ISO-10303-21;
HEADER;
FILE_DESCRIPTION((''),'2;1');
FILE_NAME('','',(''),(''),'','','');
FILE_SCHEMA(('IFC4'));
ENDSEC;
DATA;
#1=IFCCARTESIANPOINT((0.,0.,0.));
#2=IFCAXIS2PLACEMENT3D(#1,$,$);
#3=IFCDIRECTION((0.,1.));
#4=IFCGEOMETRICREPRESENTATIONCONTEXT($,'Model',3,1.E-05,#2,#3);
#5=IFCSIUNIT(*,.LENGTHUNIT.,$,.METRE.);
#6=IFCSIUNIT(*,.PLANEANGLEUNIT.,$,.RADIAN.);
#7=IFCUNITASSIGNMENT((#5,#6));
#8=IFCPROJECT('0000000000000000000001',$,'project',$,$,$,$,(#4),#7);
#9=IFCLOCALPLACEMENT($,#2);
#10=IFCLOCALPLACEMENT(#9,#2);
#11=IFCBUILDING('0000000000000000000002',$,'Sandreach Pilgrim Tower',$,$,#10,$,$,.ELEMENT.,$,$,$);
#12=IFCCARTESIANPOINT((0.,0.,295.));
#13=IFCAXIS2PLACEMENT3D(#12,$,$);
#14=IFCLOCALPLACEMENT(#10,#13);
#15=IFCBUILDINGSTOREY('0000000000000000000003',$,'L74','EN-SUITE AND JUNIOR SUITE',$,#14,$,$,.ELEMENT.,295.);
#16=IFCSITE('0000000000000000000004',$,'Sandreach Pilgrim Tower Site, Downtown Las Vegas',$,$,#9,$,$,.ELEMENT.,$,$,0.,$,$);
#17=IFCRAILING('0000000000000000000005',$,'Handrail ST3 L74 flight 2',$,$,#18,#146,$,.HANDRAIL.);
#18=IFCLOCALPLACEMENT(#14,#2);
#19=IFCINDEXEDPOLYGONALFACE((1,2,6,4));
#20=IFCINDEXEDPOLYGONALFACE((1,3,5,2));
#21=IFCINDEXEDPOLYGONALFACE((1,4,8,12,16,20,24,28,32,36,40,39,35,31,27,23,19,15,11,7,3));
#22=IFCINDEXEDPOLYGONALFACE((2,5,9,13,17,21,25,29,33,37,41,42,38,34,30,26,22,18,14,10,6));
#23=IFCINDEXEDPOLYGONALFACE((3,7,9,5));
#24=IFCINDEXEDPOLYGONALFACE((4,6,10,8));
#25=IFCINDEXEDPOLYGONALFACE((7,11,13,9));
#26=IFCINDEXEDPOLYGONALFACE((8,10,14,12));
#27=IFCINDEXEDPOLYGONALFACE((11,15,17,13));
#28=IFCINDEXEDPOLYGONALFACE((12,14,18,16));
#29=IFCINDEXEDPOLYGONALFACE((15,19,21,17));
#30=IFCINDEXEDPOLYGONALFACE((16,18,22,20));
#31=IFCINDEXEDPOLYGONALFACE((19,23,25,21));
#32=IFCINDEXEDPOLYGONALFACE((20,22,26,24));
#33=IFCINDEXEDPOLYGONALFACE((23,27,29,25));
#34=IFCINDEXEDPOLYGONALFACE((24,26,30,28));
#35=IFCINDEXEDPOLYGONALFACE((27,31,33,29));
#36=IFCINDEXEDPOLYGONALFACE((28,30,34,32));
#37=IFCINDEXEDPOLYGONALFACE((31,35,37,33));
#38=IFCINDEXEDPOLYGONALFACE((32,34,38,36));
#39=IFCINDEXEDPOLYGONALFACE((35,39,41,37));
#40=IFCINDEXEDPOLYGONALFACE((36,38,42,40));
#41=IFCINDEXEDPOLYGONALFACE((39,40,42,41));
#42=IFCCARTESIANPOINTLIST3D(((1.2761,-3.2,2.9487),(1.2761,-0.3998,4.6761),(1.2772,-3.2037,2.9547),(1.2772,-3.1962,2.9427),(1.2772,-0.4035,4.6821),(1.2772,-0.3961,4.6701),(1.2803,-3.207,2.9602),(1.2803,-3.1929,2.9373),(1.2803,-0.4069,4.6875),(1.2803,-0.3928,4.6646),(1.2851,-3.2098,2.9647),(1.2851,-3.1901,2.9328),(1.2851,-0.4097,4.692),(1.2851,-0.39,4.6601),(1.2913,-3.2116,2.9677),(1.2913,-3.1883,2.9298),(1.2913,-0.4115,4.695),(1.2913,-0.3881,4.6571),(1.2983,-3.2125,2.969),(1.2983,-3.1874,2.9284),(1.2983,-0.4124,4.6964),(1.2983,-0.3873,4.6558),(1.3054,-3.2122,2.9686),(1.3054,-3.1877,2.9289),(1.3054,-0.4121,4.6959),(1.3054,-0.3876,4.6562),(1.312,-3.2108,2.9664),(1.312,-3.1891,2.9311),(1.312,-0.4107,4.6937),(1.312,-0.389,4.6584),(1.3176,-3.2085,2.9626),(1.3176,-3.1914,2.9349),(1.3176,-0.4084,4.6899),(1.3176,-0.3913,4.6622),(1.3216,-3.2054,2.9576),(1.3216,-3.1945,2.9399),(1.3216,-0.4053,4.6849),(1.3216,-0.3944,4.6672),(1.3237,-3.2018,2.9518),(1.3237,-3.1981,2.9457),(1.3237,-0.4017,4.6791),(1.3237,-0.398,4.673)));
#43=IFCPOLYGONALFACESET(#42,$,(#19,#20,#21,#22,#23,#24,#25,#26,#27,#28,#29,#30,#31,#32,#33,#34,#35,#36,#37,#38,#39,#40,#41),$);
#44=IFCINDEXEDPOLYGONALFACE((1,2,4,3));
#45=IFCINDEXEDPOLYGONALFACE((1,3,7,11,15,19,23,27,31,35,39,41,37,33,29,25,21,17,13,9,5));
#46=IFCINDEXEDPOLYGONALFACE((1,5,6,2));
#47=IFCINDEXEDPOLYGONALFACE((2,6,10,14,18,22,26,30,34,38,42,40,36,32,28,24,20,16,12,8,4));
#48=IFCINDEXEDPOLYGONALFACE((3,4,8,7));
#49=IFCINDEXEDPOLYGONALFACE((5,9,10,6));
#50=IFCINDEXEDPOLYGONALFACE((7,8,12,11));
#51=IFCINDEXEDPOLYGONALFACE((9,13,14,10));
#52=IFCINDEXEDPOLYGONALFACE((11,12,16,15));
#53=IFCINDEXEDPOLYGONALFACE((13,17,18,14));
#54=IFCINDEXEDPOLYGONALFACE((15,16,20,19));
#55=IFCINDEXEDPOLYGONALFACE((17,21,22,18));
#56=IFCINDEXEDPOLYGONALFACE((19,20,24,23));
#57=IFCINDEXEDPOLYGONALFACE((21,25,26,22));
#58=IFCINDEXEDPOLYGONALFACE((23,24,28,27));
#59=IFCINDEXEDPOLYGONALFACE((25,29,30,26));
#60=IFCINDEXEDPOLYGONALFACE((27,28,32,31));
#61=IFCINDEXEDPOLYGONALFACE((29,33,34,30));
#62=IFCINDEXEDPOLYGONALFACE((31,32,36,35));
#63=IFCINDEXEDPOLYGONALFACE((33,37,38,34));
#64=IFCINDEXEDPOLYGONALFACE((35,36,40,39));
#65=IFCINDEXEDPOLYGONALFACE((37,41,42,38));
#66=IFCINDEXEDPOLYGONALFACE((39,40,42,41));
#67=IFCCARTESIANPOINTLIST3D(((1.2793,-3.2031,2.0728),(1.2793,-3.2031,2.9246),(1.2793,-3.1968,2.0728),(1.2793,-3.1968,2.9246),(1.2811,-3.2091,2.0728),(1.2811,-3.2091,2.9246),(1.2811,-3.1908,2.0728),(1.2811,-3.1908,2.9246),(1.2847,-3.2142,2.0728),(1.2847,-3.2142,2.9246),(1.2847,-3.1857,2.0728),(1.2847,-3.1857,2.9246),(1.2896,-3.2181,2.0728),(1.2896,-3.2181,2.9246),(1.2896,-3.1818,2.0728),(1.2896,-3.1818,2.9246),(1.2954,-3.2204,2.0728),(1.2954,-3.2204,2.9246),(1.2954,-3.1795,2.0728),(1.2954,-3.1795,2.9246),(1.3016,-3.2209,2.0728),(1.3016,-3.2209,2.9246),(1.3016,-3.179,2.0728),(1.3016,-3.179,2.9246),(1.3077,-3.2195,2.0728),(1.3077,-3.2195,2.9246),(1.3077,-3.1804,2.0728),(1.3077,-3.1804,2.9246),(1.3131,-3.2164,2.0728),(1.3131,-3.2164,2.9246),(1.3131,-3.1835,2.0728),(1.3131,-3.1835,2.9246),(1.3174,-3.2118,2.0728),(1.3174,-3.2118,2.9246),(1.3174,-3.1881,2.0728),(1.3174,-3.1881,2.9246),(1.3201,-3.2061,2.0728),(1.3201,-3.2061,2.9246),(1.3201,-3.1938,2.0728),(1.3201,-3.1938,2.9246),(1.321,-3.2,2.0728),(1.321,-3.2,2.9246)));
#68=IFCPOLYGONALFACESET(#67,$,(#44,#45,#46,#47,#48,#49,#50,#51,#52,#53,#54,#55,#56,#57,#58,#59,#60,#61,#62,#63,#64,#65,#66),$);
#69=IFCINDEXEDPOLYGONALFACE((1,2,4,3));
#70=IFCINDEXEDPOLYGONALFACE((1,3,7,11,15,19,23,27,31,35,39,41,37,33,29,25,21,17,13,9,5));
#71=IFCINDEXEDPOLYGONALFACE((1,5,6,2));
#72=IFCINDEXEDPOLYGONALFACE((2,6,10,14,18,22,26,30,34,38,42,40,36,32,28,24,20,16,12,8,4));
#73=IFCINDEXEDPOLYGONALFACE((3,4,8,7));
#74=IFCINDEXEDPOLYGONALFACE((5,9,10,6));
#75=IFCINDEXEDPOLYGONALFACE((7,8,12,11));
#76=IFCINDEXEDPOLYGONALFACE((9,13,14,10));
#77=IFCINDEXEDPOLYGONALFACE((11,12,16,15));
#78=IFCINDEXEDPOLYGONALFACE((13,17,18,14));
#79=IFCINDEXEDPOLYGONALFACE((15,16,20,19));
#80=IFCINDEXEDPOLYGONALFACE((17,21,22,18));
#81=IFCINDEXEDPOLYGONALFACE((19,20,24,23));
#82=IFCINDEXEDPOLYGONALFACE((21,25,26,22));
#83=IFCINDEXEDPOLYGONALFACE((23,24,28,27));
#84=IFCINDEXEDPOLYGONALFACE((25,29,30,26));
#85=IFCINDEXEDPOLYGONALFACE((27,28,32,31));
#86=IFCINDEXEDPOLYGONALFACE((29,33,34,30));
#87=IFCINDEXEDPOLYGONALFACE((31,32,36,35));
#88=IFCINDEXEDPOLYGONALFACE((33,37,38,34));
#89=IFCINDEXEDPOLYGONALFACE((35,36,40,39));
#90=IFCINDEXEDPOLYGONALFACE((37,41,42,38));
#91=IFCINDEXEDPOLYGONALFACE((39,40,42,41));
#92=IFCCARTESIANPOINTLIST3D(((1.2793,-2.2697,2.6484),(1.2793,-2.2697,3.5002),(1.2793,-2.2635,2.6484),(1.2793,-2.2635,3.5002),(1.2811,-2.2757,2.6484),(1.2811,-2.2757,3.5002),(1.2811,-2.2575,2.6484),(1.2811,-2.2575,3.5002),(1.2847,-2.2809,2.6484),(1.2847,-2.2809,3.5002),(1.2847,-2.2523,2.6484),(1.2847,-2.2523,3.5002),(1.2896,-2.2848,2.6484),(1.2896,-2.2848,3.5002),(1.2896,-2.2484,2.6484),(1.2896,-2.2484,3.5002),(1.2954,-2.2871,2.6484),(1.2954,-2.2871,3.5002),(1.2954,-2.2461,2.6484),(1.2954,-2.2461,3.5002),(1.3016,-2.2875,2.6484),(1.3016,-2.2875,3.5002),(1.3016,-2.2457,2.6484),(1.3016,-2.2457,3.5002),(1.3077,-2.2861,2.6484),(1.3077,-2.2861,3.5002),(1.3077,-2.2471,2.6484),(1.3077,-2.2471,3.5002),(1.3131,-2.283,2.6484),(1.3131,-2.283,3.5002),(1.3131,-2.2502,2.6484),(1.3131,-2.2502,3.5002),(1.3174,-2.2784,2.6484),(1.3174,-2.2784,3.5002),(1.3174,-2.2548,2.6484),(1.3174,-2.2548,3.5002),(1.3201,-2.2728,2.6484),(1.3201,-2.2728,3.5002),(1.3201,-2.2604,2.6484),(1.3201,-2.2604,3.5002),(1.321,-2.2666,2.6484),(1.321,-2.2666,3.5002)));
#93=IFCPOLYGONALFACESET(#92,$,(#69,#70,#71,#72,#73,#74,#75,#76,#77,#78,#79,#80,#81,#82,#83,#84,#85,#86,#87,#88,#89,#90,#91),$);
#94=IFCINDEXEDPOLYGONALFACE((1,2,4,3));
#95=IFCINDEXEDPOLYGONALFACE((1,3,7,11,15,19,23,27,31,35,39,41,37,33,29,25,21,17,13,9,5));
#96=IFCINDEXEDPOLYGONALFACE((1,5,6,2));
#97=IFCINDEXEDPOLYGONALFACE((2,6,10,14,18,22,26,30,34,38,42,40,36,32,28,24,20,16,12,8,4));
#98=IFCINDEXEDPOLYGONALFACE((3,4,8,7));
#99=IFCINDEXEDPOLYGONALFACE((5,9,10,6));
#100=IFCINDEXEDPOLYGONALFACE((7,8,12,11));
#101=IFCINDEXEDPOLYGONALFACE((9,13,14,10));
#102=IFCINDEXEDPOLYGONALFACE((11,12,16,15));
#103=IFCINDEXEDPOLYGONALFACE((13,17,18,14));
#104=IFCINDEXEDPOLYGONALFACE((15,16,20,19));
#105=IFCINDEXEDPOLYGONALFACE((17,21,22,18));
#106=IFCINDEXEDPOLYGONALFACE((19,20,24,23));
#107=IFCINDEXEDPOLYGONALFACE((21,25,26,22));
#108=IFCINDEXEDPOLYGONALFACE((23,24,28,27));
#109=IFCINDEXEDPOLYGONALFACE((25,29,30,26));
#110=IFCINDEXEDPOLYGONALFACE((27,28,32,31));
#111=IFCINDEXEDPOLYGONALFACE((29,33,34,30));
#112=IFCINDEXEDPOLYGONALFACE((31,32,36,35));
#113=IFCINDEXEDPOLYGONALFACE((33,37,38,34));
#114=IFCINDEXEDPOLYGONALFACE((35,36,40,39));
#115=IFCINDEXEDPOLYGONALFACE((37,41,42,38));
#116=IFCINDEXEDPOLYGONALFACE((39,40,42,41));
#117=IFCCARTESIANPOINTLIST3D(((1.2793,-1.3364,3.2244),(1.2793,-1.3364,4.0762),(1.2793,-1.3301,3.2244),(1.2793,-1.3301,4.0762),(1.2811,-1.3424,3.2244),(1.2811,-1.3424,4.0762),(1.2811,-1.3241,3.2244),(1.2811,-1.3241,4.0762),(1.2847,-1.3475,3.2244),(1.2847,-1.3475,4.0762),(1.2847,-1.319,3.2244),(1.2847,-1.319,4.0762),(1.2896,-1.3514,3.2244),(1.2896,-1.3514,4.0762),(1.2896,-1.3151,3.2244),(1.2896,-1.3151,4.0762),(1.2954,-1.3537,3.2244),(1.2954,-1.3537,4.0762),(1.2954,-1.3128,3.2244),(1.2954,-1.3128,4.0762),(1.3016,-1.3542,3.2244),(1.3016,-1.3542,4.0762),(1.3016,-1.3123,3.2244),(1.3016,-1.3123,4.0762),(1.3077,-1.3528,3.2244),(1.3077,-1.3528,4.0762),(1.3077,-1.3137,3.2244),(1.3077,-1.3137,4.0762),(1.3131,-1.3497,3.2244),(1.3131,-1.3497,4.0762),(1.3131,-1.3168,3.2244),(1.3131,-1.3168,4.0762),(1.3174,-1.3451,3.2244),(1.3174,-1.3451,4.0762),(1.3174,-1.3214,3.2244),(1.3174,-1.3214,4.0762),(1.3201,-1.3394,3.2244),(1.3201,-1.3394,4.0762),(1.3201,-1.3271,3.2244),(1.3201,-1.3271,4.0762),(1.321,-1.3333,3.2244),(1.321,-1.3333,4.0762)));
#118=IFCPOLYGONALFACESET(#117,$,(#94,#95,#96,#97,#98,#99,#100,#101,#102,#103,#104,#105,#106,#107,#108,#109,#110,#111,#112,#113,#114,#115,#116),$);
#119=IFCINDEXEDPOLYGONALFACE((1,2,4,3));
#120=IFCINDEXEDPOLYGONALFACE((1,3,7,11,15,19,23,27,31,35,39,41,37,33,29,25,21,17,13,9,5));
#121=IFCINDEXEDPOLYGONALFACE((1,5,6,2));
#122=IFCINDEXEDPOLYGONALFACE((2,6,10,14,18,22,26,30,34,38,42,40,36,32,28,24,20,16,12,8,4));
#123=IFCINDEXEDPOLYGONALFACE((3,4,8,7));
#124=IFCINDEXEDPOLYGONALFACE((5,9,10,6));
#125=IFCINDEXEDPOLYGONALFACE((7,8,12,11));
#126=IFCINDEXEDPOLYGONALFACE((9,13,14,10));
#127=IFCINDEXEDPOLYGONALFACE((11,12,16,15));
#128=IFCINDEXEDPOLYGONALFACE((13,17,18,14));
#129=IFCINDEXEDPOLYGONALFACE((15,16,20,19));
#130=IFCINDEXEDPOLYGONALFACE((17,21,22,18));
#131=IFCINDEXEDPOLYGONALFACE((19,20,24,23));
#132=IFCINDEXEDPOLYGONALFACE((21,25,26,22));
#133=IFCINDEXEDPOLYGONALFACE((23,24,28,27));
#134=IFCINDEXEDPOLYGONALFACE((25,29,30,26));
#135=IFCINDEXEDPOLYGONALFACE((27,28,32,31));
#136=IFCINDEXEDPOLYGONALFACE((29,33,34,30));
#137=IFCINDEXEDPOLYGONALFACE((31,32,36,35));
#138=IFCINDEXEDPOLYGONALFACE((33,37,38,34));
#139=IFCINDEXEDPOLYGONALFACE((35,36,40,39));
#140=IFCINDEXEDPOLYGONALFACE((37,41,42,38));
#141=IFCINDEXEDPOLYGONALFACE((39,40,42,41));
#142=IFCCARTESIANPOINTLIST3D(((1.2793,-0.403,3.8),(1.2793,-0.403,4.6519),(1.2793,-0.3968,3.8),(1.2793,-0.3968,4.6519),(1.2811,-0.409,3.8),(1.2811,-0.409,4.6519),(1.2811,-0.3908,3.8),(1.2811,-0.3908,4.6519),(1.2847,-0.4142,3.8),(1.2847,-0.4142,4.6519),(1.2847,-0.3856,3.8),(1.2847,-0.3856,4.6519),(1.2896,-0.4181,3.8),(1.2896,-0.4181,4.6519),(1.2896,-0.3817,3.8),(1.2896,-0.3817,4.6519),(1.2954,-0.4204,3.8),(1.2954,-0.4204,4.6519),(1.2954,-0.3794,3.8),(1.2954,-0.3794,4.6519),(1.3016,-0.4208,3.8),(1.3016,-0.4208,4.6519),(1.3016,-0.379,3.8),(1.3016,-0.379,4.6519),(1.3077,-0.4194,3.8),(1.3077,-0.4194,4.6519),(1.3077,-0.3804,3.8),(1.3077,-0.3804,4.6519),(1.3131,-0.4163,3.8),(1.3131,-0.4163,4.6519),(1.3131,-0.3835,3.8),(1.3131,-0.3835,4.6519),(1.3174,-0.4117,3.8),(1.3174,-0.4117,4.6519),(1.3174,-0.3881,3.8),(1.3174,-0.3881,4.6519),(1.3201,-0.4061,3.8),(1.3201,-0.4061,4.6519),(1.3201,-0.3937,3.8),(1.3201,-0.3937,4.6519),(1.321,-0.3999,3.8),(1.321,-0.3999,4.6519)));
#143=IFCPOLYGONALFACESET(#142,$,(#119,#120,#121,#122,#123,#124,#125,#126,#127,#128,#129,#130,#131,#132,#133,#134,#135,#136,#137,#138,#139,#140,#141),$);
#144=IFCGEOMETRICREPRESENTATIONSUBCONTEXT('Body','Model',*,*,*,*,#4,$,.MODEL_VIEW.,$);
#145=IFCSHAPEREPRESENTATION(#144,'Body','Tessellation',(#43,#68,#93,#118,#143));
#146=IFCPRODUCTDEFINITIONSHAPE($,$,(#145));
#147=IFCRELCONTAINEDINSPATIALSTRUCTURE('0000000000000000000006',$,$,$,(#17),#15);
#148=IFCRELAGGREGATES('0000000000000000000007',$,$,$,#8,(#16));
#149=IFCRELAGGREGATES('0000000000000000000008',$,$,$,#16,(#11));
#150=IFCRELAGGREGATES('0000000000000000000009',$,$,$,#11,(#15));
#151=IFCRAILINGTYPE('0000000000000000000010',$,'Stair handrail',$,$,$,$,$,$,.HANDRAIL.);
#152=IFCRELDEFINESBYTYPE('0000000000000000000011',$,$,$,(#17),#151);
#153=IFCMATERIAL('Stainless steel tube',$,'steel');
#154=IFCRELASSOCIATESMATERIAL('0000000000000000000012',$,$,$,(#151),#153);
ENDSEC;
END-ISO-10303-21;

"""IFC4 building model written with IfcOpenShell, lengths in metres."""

from ifc_helpers import new_model, si_unit, direction, frame, origin, origin_2d, place, context, subcontext, project, spatial, circle, extrude, material, type_object, element, save


model = new_model("IFC4")

# Units and contexts
model_context = context("Model", 3, precision=1e-05, world=origin(), true_north=direction((0.0, 1.0)))
body_context = subcontext(model_context, "Body", "Model", "MODEL_VIEW")
ifc_project = project(units=[si_unit("LENGTHUNIT", "METRE"), si_unit("PLANEANGLEUNIT", "RADIAN")], contexts=[model_context])

# Site, building, storey
site_placement = place(None, origin())
site = spatial("IfcSite", under=ifc_project, at=site_placement, Name="Sandreach Pilgrim Tower Site, Downtown Las Vegas", CompositionType="ELEMENT", RefElevation=0.0)
building_placement = place(site_placement, origin())
building = spatial("IfcBuilding", under=site, at=building_placement, Name="Sandreach Pilgrim Tower", CompositionType="ELEMENT")
storey_placement = place(building_placement, frame((0.0, 0.0, 295.0)))
storey = spatial("IfcBuildingStorey", under=building, at=storey_placement, Name="L74", Description="EN-SUITE AND JUNIOR SUITE", CompositionType="ELEMENT", Elevation=295.0)

# Railing
ifc_material_1 = material(Name="Stainless steel tube", Category="steel")
railing_type = type_object("IfcRailingType", Name="Stair handrail", PredefinedType="HANDRAIL", material=ifc_material_1)
for number, where, name in (
    (1, (1.3, -3.2, 2.0728), "Handrail ST3 L74 flight 2"),
):
    element("IfcRailing", number, at=place(storey_placement, frame(where)), inside=storey, type_object=railing_type, Name=name, PredefinedType="HANDRAIL", context=body_context, shape_type="SweptSolid", body=[
        extrude(circle(Radius=0.0239, at=origin_2d()), frame((0.0, 0.0, 0.876), z_axis=(0.0, 0.85109, 0.52502), x_axis=(-1.0, 0.0, 0.0)), (0.0, 0.0, 1.0), 3.29),
        extrude(circle(Radius=0.021, at=origin_2d()), origin(), (0.0, 0.0, 1.0), 0.8518),
        extrude(circle(Radius=0.021, at=origin_2d()), frame((0.0, 0.9333, 0.5757)), (0.0, 0.0, 1.0), 0.8518),
        extrude(circle(Radius=0.021, at=origin_2d()), frame((0.0, 1.8667, 1.1516)), (0.0, 0.0, 1.0), 0.8518),
        extrude(circle(Radius=0.021, at=origin_2d()), frame((0.0, 2.8, 1.7273)), (0.0, 0.0, 1.0), 0.8518),
    ])

save(model, "model.ifc")
